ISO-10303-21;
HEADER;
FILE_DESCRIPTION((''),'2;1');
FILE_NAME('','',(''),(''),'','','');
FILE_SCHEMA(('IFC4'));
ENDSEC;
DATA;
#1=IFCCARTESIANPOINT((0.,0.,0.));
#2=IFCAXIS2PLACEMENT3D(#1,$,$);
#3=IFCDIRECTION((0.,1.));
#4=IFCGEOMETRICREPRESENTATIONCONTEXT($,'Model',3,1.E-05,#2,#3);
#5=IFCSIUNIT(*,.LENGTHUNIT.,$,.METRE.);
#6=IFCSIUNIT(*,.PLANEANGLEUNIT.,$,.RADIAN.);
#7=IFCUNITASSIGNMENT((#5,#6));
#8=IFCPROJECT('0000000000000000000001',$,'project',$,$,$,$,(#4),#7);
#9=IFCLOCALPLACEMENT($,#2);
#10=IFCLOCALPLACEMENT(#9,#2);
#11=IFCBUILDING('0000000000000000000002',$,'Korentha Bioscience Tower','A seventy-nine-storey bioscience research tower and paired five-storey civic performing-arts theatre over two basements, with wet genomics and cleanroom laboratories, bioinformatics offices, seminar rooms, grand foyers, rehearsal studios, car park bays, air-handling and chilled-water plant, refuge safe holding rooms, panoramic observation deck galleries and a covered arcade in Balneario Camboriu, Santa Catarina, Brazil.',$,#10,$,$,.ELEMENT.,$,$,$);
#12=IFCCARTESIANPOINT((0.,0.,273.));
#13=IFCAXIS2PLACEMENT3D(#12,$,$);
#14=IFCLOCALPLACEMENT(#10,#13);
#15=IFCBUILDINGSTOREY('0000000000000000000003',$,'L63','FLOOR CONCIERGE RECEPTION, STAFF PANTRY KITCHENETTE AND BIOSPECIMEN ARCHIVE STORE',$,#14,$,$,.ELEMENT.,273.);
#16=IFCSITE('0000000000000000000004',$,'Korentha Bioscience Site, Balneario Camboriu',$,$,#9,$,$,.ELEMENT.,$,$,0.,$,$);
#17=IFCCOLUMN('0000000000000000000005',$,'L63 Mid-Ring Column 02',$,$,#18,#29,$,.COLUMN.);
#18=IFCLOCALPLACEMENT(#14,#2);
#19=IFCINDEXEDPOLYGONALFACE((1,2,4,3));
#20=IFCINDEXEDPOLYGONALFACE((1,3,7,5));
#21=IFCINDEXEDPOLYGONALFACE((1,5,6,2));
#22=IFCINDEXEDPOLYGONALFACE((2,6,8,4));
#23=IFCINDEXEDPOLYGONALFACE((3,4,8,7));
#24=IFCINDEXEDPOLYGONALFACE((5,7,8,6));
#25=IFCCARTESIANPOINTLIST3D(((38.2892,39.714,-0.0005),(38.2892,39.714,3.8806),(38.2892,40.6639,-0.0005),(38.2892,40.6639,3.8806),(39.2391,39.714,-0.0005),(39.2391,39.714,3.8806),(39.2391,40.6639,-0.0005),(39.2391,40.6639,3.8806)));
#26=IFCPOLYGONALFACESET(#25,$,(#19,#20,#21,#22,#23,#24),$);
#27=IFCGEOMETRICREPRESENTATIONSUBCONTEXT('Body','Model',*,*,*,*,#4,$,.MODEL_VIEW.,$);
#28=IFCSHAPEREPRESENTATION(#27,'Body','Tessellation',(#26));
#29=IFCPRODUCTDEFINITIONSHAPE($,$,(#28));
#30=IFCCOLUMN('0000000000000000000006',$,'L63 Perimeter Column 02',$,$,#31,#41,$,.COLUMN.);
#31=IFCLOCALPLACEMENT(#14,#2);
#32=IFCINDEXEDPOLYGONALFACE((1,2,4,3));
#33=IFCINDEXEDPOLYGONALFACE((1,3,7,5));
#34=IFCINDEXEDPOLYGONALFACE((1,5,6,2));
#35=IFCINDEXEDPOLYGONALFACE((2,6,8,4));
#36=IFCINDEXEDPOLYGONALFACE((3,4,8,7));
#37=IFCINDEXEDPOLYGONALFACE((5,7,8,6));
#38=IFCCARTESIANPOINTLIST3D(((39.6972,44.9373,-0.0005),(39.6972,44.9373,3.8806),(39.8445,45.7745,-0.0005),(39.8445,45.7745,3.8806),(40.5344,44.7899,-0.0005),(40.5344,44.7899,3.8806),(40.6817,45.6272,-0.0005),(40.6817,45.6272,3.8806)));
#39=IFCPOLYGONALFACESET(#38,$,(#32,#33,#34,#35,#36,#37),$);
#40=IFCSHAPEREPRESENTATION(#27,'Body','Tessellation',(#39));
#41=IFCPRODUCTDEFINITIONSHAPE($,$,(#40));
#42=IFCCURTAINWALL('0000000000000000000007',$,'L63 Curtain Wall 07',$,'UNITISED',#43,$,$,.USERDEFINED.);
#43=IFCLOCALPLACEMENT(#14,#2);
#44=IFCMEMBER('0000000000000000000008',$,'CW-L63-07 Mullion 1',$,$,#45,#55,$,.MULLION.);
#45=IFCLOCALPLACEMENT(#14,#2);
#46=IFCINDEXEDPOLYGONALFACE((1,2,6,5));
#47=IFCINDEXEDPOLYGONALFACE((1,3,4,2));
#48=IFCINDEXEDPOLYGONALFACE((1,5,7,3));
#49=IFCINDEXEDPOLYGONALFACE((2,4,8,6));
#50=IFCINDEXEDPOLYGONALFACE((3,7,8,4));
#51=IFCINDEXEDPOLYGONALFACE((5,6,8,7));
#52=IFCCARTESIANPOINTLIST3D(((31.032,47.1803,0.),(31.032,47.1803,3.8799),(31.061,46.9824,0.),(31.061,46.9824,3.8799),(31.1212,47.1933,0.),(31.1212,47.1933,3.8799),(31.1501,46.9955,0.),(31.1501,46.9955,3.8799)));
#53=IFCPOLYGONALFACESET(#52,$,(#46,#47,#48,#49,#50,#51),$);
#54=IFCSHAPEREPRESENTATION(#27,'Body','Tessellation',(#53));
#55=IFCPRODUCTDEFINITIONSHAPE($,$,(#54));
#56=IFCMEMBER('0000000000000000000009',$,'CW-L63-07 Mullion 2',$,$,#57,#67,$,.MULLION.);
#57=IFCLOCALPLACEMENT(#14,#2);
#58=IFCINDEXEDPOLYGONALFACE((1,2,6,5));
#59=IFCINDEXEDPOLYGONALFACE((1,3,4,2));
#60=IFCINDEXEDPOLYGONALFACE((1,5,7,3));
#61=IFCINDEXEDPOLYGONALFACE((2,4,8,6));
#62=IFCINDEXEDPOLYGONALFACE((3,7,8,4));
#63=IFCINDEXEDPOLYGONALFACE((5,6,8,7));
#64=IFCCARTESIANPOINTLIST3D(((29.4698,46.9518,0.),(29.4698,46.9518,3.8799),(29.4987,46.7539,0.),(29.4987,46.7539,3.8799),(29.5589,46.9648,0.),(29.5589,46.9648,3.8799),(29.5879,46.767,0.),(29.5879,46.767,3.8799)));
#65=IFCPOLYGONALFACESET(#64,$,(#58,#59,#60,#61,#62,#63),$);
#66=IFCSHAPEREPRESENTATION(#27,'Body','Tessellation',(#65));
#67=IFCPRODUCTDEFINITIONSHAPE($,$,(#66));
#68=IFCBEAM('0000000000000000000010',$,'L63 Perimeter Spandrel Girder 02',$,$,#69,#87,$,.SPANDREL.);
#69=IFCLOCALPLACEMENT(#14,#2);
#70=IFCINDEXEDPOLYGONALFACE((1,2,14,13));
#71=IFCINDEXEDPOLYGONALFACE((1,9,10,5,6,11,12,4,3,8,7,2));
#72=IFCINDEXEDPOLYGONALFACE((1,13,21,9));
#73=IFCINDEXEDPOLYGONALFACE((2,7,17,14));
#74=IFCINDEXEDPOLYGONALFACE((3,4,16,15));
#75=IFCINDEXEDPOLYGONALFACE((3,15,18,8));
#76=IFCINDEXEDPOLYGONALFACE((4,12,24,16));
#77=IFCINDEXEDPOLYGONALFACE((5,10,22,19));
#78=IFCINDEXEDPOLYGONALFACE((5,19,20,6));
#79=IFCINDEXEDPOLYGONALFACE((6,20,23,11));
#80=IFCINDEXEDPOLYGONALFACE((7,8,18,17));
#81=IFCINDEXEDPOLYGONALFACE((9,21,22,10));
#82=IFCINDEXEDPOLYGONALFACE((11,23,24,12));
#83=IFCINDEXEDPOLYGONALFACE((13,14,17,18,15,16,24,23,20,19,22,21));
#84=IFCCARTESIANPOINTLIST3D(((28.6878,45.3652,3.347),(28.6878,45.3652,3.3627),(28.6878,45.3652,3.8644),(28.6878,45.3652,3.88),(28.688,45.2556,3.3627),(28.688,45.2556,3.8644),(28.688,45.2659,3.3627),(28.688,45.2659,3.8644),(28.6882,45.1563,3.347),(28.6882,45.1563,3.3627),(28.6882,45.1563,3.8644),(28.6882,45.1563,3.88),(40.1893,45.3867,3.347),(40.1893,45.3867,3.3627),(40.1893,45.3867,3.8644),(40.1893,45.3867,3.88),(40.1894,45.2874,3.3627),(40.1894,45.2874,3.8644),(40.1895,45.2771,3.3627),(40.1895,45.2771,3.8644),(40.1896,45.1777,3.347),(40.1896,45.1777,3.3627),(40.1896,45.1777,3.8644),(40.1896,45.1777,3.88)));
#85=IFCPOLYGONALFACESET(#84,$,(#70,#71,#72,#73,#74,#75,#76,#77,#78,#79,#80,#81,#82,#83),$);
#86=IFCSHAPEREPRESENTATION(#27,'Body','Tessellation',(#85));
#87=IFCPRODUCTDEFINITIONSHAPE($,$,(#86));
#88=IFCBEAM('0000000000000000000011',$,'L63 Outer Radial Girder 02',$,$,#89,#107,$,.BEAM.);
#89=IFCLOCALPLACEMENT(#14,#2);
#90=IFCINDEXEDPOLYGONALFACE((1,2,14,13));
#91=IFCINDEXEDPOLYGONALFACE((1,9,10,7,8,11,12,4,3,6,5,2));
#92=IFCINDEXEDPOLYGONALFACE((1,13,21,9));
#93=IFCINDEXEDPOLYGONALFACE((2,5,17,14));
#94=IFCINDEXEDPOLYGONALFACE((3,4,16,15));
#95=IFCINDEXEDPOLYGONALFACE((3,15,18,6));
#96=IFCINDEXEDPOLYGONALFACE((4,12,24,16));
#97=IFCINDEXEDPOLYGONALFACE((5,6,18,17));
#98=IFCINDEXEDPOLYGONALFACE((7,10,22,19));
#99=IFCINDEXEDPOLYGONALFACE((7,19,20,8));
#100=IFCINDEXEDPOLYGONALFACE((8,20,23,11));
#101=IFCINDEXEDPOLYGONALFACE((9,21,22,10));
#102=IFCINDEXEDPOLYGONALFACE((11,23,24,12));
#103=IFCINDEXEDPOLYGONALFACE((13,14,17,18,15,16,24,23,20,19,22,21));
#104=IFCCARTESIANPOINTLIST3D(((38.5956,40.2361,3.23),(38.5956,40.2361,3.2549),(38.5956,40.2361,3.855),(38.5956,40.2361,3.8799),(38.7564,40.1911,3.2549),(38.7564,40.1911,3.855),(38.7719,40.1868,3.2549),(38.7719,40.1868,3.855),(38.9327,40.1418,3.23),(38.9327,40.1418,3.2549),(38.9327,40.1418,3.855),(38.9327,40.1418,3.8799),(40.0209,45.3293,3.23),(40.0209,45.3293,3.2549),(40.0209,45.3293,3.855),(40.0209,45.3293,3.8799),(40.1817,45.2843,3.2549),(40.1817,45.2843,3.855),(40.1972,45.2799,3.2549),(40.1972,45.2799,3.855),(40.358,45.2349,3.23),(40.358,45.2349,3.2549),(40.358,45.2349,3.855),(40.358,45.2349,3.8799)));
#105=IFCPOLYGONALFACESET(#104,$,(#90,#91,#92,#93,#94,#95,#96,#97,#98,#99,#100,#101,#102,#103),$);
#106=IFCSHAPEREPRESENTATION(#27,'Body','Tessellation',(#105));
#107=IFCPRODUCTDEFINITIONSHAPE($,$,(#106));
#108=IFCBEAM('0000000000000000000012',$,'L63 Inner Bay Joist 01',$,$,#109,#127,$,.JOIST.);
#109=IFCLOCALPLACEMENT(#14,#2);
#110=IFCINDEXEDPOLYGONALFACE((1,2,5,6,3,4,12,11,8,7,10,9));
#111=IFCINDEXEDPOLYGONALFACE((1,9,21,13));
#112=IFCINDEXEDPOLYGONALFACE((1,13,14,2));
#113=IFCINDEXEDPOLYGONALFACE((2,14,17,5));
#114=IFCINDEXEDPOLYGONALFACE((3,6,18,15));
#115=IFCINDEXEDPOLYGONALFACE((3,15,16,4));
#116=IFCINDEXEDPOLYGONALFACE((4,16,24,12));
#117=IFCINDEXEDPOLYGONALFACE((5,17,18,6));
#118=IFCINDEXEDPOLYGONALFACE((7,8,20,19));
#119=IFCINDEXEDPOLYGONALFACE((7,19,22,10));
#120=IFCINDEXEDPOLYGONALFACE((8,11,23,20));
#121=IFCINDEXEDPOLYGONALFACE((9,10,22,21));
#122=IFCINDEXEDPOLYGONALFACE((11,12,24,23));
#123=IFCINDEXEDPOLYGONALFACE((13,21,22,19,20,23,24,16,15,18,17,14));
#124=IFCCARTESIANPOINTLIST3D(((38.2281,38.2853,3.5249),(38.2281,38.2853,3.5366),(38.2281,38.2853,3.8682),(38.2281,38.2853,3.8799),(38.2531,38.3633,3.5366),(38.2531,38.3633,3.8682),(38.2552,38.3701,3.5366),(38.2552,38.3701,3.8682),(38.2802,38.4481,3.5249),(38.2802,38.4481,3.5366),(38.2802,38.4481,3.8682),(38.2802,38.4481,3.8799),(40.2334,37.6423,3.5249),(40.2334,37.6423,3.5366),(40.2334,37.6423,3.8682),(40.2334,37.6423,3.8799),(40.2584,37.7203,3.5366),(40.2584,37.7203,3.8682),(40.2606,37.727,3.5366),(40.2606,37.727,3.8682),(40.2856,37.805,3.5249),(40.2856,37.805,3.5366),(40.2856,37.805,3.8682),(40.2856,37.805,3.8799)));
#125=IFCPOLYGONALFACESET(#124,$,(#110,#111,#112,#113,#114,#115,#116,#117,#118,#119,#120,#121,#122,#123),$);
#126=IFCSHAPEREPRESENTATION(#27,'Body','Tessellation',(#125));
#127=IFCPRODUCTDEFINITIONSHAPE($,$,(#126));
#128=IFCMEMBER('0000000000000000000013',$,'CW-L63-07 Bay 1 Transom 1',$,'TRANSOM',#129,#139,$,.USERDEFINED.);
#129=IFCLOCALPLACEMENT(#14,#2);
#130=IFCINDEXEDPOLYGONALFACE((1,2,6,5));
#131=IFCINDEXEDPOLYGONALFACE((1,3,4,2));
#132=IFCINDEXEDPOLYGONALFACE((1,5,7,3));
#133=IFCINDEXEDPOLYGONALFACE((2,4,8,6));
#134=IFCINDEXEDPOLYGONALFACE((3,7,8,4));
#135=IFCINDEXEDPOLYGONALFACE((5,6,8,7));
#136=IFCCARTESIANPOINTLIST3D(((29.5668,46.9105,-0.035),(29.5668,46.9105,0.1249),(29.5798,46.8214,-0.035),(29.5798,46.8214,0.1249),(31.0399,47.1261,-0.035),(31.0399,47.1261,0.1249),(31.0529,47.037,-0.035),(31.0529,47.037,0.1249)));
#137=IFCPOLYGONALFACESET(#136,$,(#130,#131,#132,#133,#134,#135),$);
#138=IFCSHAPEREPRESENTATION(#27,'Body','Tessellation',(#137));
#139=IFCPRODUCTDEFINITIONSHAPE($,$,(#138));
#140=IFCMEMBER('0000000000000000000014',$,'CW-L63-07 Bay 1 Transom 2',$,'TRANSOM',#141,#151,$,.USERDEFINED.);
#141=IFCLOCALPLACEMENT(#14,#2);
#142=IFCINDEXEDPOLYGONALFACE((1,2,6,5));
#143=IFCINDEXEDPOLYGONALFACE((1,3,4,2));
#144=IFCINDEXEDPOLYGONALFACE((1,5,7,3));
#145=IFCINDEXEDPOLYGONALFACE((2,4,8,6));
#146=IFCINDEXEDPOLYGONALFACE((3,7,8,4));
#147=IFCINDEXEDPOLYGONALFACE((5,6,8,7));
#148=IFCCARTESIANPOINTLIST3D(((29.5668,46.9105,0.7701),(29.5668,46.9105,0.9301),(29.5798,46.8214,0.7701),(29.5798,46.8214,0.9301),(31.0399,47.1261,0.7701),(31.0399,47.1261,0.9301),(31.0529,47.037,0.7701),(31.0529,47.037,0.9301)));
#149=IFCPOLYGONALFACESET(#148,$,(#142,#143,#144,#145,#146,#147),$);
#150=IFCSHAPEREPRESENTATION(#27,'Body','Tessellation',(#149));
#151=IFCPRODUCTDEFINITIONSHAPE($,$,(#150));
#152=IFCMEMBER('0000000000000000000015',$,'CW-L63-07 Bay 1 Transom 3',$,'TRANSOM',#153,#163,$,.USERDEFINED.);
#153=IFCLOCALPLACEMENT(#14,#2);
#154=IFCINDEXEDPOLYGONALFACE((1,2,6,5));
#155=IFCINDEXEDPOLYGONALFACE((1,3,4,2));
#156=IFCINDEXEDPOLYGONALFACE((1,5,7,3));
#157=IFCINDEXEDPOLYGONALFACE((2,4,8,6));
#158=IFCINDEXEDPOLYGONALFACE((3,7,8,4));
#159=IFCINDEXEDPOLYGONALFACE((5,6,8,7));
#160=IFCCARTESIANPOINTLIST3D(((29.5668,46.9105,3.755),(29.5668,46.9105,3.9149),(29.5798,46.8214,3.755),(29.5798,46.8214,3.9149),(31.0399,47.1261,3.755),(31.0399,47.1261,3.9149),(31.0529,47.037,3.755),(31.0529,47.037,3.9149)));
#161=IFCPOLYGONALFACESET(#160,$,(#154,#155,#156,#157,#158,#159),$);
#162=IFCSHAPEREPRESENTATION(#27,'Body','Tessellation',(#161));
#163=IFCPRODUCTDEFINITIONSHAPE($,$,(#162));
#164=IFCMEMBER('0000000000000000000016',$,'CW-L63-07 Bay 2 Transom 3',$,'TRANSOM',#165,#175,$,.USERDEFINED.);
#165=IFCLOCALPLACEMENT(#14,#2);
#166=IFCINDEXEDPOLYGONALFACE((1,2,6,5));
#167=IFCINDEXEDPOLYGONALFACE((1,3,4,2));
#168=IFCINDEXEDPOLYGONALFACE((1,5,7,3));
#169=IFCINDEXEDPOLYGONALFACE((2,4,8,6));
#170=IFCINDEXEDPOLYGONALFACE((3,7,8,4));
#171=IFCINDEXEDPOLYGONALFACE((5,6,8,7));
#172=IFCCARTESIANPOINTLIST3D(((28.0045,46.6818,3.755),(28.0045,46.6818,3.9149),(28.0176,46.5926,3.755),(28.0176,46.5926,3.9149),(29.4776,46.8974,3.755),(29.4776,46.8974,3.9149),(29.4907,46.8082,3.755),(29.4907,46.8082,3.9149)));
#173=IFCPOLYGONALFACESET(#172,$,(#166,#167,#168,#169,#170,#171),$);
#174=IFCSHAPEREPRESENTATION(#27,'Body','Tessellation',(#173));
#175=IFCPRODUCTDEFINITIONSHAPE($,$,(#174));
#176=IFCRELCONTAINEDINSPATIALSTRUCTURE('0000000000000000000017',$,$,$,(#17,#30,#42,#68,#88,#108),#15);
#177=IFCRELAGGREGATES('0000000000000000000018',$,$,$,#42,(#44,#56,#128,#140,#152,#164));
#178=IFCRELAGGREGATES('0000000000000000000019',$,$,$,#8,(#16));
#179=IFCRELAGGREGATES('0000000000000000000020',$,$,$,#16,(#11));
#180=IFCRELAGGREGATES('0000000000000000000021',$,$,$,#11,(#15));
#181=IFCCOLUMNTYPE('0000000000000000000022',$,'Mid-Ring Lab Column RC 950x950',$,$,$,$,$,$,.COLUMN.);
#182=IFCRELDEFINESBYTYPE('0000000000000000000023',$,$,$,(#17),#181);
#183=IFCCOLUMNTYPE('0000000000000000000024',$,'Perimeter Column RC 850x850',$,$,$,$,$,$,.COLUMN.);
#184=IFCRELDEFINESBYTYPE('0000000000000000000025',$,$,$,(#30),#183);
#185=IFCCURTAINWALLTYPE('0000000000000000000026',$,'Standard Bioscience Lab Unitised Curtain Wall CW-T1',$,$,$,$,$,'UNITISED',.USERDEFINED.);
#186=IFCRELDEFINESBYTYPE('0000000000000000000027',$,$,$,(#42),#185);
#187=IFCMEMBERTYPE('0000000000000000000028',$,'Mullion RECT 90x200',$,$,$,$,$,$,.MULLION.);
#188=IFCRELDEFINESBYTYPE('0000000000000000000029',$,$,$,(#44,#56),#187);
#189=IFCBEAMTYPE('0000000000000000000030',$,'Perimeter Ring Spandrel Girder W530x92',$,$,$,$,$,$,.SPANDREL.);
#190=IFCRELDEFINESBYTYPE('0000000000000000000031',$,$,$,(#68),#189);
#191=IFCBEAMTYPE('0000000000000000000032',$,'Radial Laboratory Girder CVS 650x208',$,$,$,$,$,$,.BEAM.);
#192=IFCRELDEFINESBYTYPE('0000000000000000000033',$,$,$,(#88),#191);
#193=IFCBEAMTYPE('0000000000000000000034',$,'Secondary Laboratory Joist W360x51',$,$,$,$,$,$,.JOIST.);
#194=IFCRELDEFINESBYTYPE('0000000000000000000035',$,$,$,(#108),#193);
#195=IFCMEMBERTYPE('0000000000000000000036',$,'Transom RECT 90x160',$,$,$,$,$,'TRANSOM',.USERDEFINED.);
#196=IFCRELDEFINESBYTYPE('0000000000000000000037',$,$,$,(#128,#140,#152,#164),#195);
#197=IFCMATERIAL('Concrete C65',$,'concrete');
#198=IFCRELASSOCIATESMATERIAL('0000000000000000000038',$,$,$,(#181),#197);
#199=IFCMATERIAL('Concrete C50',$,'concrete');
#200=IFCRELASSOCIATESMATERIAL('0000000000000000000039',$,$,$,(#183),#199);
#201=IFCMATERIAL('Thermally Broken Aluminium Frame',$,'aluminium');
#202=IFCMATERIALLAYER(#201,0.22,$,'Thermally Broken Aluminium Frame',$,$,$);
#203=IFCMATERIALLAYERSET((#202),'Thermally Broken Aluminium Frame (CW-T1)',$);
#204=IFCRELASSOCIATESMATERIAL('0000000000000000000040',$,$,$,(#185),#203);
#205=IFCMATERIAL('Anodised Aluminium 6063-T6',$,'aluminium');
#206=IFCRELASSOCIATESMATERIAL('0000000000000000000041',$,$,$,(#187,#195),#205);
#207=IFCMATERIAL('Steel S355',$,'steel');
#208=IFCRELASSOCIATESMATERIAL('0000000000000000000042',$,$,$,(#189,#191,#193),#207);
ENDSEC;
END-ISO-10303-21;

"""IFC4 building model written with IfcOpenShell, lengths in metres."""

from ifc_helpers import new_model, si_unit, direction, frame, origin, origin_2d, place, context, subcontext, project, spatial, rectangle, i_section, extrude, material, layer, layer_set, material_profile, profile_set, type_object, element, aggregate, save


model = new_model("IFC4")

# Units and contexts
model_context = context("Model", 3, precision=1e-05, world=origin(), true_north=direction((0.0, 1.0)))
body_context = subcontext(model_context, "Body", "Model", "MODEL_VIEW")
ifc_project = project(units=[si_unit("LENGTHUNIT", "METRE"), si_unit("PLANEANGLEUNIT", "RADIAN")], contexts=[model_context])

# Site, building, storey
site_placement = place(None, origin())
site = spatial("IfcSite", under=ifc_project, at=site_placement, Name="Korentha Bioscience Site, Balneario Camboriu", CompositionType="ELEMENT", RefElevation=0.0)
building_placement = place(site_placement, origin())
building = spatial("IfcBuilding", under=site, at=building_placement, Name="Korentha Bioscience Tower", Description="A seventy-nine-storey bioscience research tower and paired five-storey civic performing-arts theatre over two basements, with wet genomics and cleanroom laboratories, bioinformatics offices, seminar rooms, grand foyers, rehearsal studios, car park bays, air-handling and chilled-water plant, refuge safe holding rooms, panoramic observation deck galleries and a covered arcade in Balneario Camboriu, Santa Catarina, Brazil.", CompositionType="ELEMENT")
storey_placement = place(building_placement, frame((0.0, 0.0, 273.0)))
storey = spatial("IfcBuildingStorey", under=building, at=storey_placement, Name="L63", Description="FLOOR CONCIERGE RECEPTION, STAFF PANTRY KITCHENETTE AND BIOSPECIMEN ARCHIVE STORE", CompositionType="ELEMENT", Elevation=273.0)

# Columns
ifc_material_1 = material(Name="Concrete C65", Category="concrete")
ifc_material_profile_1 = material_profile(ifc_material_1, rectangle(XDim=0.95, YDim=0.95, at=origin_2d()), Name="Concrete C65")
ifc_profile_set_1 = profile_set([ifc_material_profile_1], Name="Concrete C65 (COL-MR09)")
column_type_1 = type_object("IfcColumnType", Name="Mid-Ring Lab Column RC 950x950", PredefinedType="COLUMN", material=ifc_profile_set_1)
column_1_placement = place(storey_placement, frame((38.7642, 40.189, -0.0005), z_axis=(0.0, 0.0, 1.0), x_axis=(1.0, 0.0, 0.0)))
element("IfcColumn", 1, at=column_1_placement, inside=storey, type_object=column_type_1, Name="L63 Mid-Ring Column 02", PredefinedType="COLUMN", context=body_context, shape_type="SweptSolid", body=[
    extrude(rectangle(XDim=0.95, YDim=0.95, at=origin_2d()), origin(), (0.0, 0.0, 1.0), 3.8811),
])
ifc_material_2 = material(Name="Concrete C50", Category="concrete")
ifc_material_profile_2 = material_profile(ifc_material_2, rectangle(XDim=0.8501, YDim=0.8501, at=origin_2d()), Name="Concrete C50")
ifc_profile_set_2 = profile_set([ifc_material_profile_2], Name="Concrete C50 (COL-P08)")
column_type_2 = type_object("IfcColumnType", Name="Perimeter Column RC 850x850", PredefinedType="COLUMN", material=ifc_profile_set_2)
column_2_placement = place(storey_placement, frame((40.1895, 45.2822, -0.0005), z_axis=(0.0, 0.0, 1.0), x_axis=(-0.984868, 0.173304, 0.0)))
element("IfcColumn", 2, at=column_2_placement, inside=storey, type_object=column_type_2, Name="L63 Perimeter Column 02", PredefinedType="COLUMN", context=body_context, shape_type="SweptSolid", body=[
    extrude(rectangle(XDim=0.8501, YDim=0.8501, at=origin_2d()), origin(), (0.0, 0.0, 1.0), 3.8811),
])

# Curtain wall, members
ifc_material_3 = material(Name="Thermally Broken Aluminium Frame", Category="aluminium")
ifc_layer_1 = layer(ifc_material_3, 0.22, Name="Thermally Broken Aluminium Frame")
ifc_layer_set_1 = layer_set([ifc_layer_1], Name="Thermally Broken Aluminium Frame (CW-T1)")
curtain_wall_type = type_object("IfcCurtainWallType", Name="Standard Bioscience Lab Unitised Curtain Wall CW-T1", ElementType="UNITISED", PredefinedType="USERDEFINED", material=ifc_layer_set_1)
curtain_wall_placement = place(storey_placement, origin())
curtain_wall = element("IfcCurtainWall", 3, at=curtain_wall_placement, inside=storey, type_object=curtain_wall_type, Name="L63 Curtain Wall 07", ObjectType="UNITISED", PredefinedType="USERDEFINED")
ifc_material_4 = material(Name="Anodised Aluminium 6063-T6", Category="aluminium")
ifc_material_profile_3 = material_profile(ifc_material_4, rectangle(XDim=0.0901, YDim=0.2, at=origin_2d()), Name="Anodised Aluminium 6063-T6")
ifc_profile_set_3 = profile_set([ifc_material_profile_3], Name="Anodised Aluminium 6063-T6 (CW-MUL)")
member_type_1 = type_object("IfcMemberType", Name="Mullion RECT 90x200", PredefinedType="MULLION", material=ifc_profile_set_3)
member_1_placement = place(storey_placement, frame((31.0911, 47.0879, 0.0), z_axis=(0.0, 0.0, 1.0), x_axis=(-0.98946, -0.144809, 0.0)))
member_1 = element("IfcMember", 4, at=member_1_placement, type_object=member_type_1, Name="CW-L63-07 Mullion 1", PredefinedType="MULLION", context=body_context, shape_type="SweptSolid", body=[
    extrude(rectangle(XDim=0.0901, YDim=0.2, at=origin_2d()), origin(), (0.0, 0.0, 1.0), 3.8799),
])
member_2_placement = place(storey_placement, frame((29.5288, 46.8594, 0.0), z_axis=(0.0, 0.0, 1.0), x_axis=(-0.98946, -0.144809, 0.0)))
member_2 = element("IfcMember", 5, at=member_2_placement, type_object=member_type_1, Name="CW-L63-07 Mullion 2", PredefinedType="MULLION", context=body_context, shape_type="SweptSolid", body=[
    extrude(rectangle(XDim=0.0901, YDim=0.2, at=origin_2d()), origin(), (0.0, 0.0, 1.0), 3.8799),
])

# Beams
ifc_material_5 = material(Name="Steel S355", Category="steel")
ifc_material_profile_4 = material_profile(ifc_material_5, i_section(OverallWidth=0.209, OverallDepth=0.533, WebThickness=0.0103, FlangeThickness=0.0156, at=origin_2d()), Name="Steel S355")
ifc_profile_set_4 = profile_set([ifc_material_profile_4], Name="Steel S355 (SB-530)")
beam_type_1 = type_object("IfcBeamType", Name="Perimeter Ring Spandrel Girder W530x92", PredefinedType="SPANDREL", material=ifc_profile_set_4)
beam_1_placement = place(storey_placement, frame((40.1895, 45.2822, 3.6135), z_axis=(-0.999998, -0.001868, 0.0), x_axis=(0.001868, -0.999998, 0.0)))
element("IfcBeam", 6, at=beam_1_placement, inside=storey, type_object=beam_type_1, Name="L63 Perimeter Spandrel Girder 02", PredefinedType="SPANDREL", context=body_context, shape_type="SweptSolid", body=[
    extrude(i_section(OverallWidth=0.209, OverallDepth=0.533, WebThickness=0.0103, FlangeThickness=0.0156, at=origin_2d()), origin(), (0.0, 0.0, 1.0), 11.5015),
])
ifc_material_profile_5 = material_profile(ifc_material_5, i_section(OverallWidth=0.3501, OverallDepth=0.6499, WebThickness=0.0161, FlangeThickness=0.0249, at=origin_2d()), Name="Steel S355")
ifc_profile_set_5 = profile_set([ifc_material_profile_5], Name="Steel S355 (RB-650)")
beam_type_2 = type_object("IfcBeamType", Name="Radial Laboratory Girder CVS 650x208", PredefinedType="BEAM", material=ifc_profile_set_5)
beam_2_placement = place(storey_placement, frame((38.7642, 40.189, 3.5549), z_axis=(0.269486, 0.963004, 0.0), x_axis=(-0.963004, 0.269486, 0.0)))
element("IfcBeam", 7, at=beam_2_placement, inside=storey, type_object=beam_type_2, Name="L63 Outer Radial Girder 02", PredefinedType="BEAM", context=body_context, shape_type="SweptSolid", body=[
    extrude(i_section(OverallWidth=0.3501, OverallDepth=0.6499, WebThickness=0.0161, FlangeThickness=0.0249, at=origin_2d()), origin(), (0.0, 0.0, 1.0), 5.2888),
])
ifc_material_profile_6 = material_profile(ifc_material_5, i_section(OverallWidth=0.1709, OverallDepth=0.355, WebThickness=0.0071, FlangeThickness=0.0117, at=origin_2d()), Name="Steel S355")
ifc_profile_set_6 = profile_set([ifc_material_profile_6], Name="Steel S355 (JB-360)")
beam_type_3 = type_object("IfcBeamType", Name="Secondary Laboratory Joist W360x51", PredefinedType="JOIST", material=ifc_profile_set_6)
beam_3_placement = place(storey_placement, frame((40.2595, 37.7236, 3.7024), z_axis=(-0.952238, 0.305356, 0.0), x_axis=(-0.305356, -0.952238, 0.0)))
element("IfcBeam", 8, at=beam_3_placement, inside=storey, type_object=beam_type_3, Name="L63 Inner Bay Joist 01", PredefinedType="JOIST", context=body_context, shape_type="SweptSolid", body=[
    extrude(i_section(OverallWidth=0.1709, OverallDepth=0.355, WebThickness=0.0071, FlangeThickness=0.0117, at=origin_2d()), origin(), (0.0, 0.0, 1.0), 2.106),
])

# Members
ifc_material_profile_7 = material_profile(ifc_material_4, rectangle(XDim=0.0901, YDim=0.1599, at=origin_2d()), Name="Anodised Aluminium 6063-T6")
ifc_profile_set_7 = profile_set([ifc_material_profile_7], Name="Anodised Aluminium 6063-T6 (CW-TRN)")
member_type_2 = type_object("IfcMemberType", Name="Transom RECT 90x160", ElementType="TRANSOM", PredefinedType="USERDEFINED", material=ifc_profile_set_7)
member_3_placement = place(storey_placement, frame((31.0464, 47.0815, 0.0449), z_axis=(-0.989462, -0.144795, 0.0), x_axis=(0.144795, -0.989462, 0.0)))
member_3 = element("IfcMember", 9, at=member_3_placement, type_object=member_type_2, Name="CW-L63-07 Bay 1 Transom 1", ObjectType="TRANSOM", PredefinedType="USERDEFINED", context=body_context, shape_type="SweptSolid", body=[
    extrude(rectangle(XDim=0.0901, YDim=0.1599, at=origin_2d()), origin(), (0.0, 0.0, 1.0), 1.4888),
])
member_4_placement = place(storey_placement, frame((31.0464, 47.0815, 0.8501), z_axis=(-0.989462, -0.144795, 0.0), x_axis=(0.144795, -0.989462, 0.0)))
member_4 = element("IfcMember", 10, at=member_4_placement, type_object=member_type_2, Name="CW-L63-07 Bay 1 Transom 2", ObjectType="TRANSOM", PredefinedType="USERDEFINED", context=body_context, shape_type="SweptSolid", body=[
    extrude(rectangle(XDim=0.0901, YDim=0.1599, at=origin_2d()), origin(), (0.0, 0.0, 1.0), 1.4888),
])
member_5_placement = place(storey_placement, frame((31.0464, 47.0815, 3.835), z_axis=(-0.989462, -0.144795, 0.0), x_axis=(0.144795, -0.989462, 0.0)))
member_5 = element("IfcMember", 11, at=member_5_placement, type_object=member_type_2, Name="CW-L63-07 Bay 1 Transom 3", ObjectType="TRANSOM", PredefinedType="USERDEFINED", context=body_context, shape_type="SweptSolid", body=[
    extrude(rectangle(XDim=0.0901, YDim=0.1599, at=origin_2d()), origin(), (0.0, 0.0, 1.0), 1.4888),
])
member_6_placement = place(storey_placement, frame((29.4841, 46.8528, 3.835), z_axis=(-0.989462, -0.144795, 0.0), x_axis=(0.144795, -0.989462, 0.0)))
member_6 = element("IfcMember", 12, at=member_6_placement, type_object=member_type_2, Name="CW-L63-07 Bay 2 Transom 3", ObjectType="TRANSOM", PredefinedType="USERDEFINED", context=body_context, shape_type="SweptSolid", body=[
    extrude(rectangle(XDim=0.0901, YDim=0.1599, at=origin_2d()), origin(), (0.0, 0.0, 1.0), 1.4888),
])

aggregate(curtain_wall, [member_1, member_2, member_3, member_4, member_5, member_6])

save(model, "model.ifc")
